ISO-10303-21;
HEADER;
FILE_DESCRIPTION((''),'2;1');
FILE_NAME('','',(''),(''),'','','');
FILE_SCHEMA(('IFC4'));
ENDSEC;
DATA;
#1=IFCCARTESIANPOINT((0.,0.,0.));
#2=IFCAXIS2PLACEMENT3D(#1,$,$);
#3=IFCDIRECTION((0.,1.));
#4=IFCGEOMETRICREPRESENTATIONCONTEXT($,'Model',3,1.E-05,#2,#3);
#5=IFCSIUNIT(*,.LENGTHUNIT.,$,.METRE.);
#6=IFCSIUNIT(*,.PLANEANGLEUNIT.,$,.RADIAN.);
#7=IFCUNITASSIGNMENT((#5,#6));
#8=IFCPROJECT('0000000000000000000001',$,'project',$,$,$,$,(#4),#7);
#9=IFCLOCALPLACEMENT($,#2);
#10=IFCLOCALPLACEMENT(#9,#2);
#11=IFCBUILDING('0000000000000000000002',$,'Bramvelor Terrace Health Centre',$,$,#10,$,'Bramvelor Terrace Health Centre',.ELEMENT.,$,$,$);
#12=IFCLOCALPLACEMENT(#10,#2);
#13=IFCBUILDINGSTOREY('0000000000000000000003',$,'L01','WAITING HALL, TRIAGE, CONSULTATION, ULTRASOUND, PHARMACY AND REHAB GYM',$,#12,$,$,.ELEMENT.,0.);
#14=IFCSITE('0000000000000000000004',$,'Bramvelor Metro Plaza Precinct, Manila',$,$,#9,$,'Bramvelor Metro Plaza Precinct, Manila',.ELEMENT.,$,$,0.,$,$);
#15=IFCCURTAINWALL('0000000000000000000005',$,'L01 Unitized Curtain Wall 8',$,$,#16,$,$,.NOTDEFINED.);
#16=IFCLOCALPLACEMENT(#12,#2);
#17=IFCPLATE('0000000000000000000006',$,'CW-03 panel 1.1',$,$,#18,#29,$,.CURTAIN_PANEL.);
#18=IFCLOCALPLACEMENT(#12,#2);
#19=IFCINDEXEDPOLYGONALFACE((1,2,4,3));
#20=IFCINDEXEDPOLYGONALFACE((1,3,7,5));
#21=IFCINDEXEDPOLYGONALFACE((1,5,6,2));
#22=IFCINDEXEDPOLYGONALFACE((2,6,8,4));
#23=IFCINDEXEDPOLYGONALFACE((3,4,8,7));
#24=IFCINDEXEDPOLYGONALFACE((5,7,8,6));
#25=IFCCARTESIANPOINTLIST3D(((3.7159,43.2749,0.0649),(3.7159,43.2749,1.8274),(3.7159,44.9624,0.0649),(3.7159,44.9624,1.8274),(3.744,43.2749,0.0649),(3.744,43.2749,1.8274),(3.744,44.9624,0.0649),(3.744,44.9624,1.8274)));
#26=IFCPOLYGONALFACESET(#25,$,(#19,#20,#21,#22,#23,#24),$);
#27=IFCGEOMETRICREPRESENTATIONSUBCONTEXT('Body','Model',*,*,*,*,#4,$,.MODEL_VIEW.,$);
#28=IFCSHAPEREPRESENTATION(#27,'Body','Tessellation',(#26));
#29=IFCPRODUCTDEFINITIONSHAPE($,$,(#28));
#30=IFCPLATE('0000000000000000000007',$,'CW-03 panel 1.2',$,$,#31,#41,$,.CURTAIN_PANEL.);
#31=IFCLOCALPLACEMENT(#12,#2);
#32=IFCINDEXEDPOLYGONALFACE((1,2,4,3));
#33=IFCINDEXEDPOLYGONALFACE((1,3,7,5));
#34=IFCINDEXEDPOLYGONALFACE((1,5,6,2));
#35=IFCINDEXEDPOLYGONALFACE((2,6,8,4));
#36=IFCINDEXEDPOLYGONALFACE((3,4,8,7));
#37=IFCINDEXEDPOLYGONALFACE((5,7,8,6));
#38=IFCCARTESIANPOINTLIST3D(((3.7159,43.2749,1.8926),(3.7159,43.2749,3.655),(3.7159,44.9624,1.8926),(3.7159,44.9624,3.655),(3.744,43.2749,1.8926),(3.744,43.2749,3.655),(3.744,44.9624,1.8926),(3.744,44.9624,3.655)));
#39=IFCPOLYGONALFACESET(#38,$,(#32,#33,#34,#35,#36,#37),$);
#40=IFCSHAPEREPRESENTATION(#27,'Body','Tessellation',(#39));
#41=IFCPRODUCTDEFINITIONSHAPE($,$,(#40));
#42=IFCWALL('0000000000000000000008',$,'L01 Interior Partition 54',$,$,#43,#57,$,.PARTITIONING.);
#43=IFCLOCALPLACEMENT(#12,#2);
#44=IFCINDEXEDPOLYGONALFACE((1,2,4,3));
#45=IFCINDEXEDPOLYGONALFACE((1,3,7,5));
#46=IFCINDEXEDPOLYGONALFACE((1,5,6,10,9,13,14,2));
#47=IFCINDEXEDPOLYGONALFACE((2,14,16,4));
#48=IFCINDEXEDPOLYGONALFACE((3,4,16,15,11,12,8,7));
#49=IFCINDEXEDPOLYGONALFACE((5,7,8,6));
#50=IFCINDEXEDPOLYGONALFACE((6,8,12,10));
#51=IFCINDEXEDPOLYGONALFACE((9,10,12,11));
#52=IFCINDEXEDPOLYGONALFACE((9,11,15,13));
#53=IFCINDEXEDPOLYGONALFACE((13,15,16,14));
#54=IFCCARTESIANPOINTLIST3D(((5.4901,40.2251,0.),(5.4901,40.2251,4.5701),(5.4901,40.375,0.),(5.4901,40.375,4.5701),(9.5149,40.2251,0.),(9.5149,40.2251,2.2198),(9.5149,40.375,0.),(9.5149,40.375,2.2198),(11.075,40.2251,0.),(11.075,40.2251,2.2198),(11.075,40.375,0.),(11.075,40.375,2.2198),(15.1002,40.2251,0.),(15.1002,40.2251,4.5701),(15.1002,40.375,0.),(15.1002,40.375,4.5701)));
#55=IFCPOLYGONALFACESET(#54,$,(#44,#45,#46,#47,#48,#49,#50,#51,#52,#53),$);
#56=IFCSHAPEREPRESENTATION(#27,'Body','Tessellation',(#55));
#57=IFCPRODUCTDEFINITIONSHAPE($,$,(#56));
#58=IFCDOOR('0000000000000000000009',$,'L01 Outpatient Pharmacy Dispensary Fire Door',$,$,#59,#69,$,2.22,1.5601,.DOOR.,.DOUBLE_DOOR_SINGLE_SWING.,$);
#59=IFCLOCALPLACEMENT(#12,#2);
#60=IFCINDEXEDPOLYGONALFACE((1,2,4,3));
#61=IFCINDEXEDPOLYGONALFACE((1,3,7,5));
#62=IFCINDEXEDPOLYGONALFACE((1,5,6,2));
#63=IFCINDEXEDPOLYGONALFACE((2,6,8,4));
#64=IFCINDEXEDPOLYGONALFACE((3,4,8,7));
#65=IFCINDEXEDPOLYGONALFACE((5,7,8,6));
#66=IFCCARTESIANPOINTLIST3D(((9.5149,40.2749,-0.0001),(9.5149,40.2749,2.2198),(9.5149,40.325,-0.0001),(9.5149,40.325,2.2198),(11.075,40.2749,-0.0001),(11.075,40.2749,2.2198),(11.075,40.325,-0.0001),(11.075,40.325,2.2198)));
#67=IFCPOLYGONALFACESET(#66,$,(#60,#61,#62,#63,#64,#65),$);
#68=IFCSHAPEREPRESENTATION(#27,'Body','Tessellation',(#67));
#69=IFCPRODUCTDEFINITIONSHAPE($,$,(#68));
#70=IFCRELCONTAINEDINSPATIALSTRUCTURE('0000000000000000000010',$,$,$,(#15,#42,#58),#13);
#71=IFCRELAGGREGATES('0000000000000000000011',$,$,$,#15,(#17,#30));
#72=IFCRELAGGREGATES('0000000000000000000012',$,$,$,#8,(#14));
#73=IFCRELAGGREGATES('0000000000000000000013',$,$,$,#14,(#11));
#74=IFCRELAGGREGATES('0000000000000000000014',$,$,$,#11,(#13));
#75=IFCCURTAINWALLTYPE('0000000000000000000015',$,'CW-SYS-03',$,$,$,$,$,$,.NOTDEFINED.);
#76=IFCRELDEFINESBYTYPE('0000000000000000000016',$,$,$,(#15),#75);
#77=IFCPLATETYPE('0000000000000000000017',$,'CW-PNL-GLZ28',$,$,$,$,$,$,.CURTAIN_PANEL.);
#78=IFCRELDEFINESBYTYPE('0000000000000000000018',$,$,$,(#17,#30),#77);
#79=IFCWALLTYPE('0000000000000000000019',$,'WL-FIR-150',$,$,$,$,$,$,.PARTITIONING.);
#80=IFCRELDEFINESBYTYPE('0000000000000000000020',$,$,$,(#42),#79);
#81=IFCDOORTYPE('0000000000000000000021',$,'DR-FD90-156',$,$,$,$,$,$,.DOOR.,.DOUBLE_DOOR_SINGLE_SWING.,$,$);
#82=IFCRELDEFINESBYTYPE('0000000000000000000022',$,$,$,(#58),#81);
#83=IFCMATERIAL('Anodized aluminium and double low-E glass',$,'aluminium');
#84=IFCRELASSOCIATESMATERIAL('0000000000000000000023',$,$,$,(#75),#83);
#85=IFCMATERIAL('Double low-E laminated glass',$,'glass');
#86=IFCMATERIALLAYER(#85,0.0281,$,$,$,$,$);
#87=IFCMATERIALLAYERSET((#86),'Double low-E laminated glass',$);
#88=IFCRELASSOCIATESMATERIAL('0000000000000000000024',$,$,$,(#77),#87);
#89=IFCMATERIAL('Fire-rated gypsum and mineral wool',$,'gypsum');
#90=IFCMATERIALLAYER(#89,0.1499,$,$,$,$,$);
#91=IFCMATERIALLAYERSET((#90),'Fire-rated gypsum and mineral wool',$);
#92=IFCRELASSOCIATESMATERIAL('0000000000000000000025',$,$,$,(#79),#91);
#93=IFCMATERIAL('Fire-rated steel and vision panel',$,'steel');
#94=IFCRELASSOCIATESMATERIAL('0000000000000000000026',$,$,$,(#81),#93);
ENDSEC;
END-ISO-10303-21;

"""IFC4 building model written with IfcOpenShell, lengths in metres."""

from ifc_helpers import new_model, si_unit, direction, frame, frame_2d, origin, origin_2d, place, context, subcontext, project, spatial, rectangle, extrude, material, layer, layer_set, type_object, element, fill, aggregate, save


model = new_model("IFC4")

# Units and contexts
model_context = context("Model", 3, precision=1e-05, world=origin(), true_north=direction((0.0, 1.0)))
body_context = subcontext(model_context, "Body", "Model", "MODEL_VIEW")
ifc_project = project(units=[si_unit("LENGTHUNIT", "METRE"), si_unit("PLANEANGLEUNIT", "RADIAN")], contexts=[model_context])

# Site, building, storey
site_placement = place(None, origin())
site = spatial("IfcSite", under=ifc_project, at=site_placement, Name="Bramvelor Metro Plaza Precinct, Manila", LongName="Bramvelor Metro Plaza Precinct, Manila", CompositionType="ELEMENT", RefElevation=0.0)
building_placement = place(site_placement, origin())
building = spatial("IfcBuilding", under=site, at=building_placement, Name="Bramvelor Terrace Health Centre", LongName="Bramvelor Terrace Health Centre", CompositionType="ELEMENT")
storey_placement = place(building_placement, origin())
storey = spatial("IfcBuildingStorey", under=building, at=storey_placement, Name="L01", Description="WAITING HALL, TRIAGE, CONSULTATION, ULTRASOUND, PHARMACY AND REHAB GYM", CompositionType="ELEMENT", Elevation=0.0)

# Curtain wall, plates
ifc_material_1 = material(Name="Anodized aluminium and double low-E glass", Category="aluminium")
curtain_wall_type = type_object("IfcCurtainWallType", Name="CW-SYS-03", PredefinedType="NOTDEFINED", material=ifc_material_1)
curtain_wall_placement = place(storey_placement, origin())
curtain_wall = element("IfcCurtainWall", 1, at=curtain_wall_placement, inside=storey, type_object=curtain_wall_type, Name="L01 Unitized Curtain Wall 8", PredefinedType="NOTDEFINED")
ifc_material_2 = material(Name="Double low-E laminated glass", Category="glass")
ifc_layer_1 = layer(ifc_material_2, 0.0281)
ifc_layer_set_1 = layer_set([ifc_layer_1], Name="Double low-E laminated glass")
plate_type = type_object("IfcPlateType", Name="CW-PNL-GLZ28", PredefinedType="CURTAIN_PANEL", material=ifc_layer_set_1)
plate_1_placement = place(storey_placement, frame((3.73, 44.1187, 0.0649), z_axis=(0.0, 0.0, 1.0), x_axis=(0.0, 1.0, 0.0)))
plate_1 = element("IfcPlate", 2, at=plate_1_placement, type_object=plate_type, Name="CW-03 panel 1.1", PredefinedType="CURTAIN_PANEL", context=body_context, shape_type="SweptSolid", body=[
    extrude(rectangle(XDim=1.6875, YDim=0.0281, at=origin_2d()), origin(), (0.0, 0.0, 1.0), 1.7625),
])
plate_2_placement = place(storey_placement, frame((3.73, 44.1187, 1.8926), z_axis=(0.0, 0.0, 1.0), x_axis=(0.0, 1.0, 0.0)))
plate_2 = element("IfcPlate", 3, at=plate_2_placement, type_object=plate_type, Name="CW-03 panel 1.2", PredefinedType="CURTAIN_PANEL", context=body_context, shape_type="SweptSolid", body=[
    extrude(rectangle(XDim=1.6875, YDim=0.0281, at=origin_2d()), origin(), (0.0, 0.0, 1.0), 1.7625),
])
aggregate(curtain_wall, [plate_1, plate_2])

# Wall, opening, door
ifc_material_3 = material(Name="Fire-rated gypsum and mineral wool", Category="gypsum")
ifc_layer_2 = layer(ifc_material_3, 0.1499)
ifc_layer_set_2 = layer_set([ifc_layer_2], Name="Fire-rated gypsum and mineral wool")
wall_type = type_object("IfcWallType", Name="WL-FIR-150", PredefinedType="PARTITIONING", material=ifc_layer_set_2)
wall_placement = place(storey_placement, frame((5.49, 40.3, 0.0), z_axis=(0.0, 0.0, 1.0), x_axis=(1.0, 0.0, 0.0)))
wall = element("IfcWall", 4, at=wall_placement, inside=storey, type_object=wall_type, Name="L01 Interior Partition 54", PredefinedType="PARTITIONING", context=body_context, shape_type="SweptSolid", body=[
    extrude(rectangle(XDim=9.6101, YDim=0.1499, at=frame_2d((4.8052, 0.0))), origin(), (0.0, 0.0, 1.0), 4.5701),
])
opening_placement = place(wall_placement, frame((4.0249, 0.0, 0.0)))
opening = element("IfcOpeningElement", 5, at=opening_placement, cuts=wall, PredefinedType="OPENING", context=body_context, shape_type="SweptSolid", body=[
    extrude(rectangle(XDim=1.5601, YDim=2.22, at=frame_2d((0.78, 1.1099))), frame((0.0, 0.085, 0.0), z_axis=(0.0, -1.0, 0.0), x_axis=(1.0, 0.0, 0.0)), (0.0, 0.0, 1.0), 0.1699),
])
ifc_material_4 = material(Name="Fire-rated steel and vision panel", Category="steel")
door_type = type_object("IfcDoorType", Name="DR-FD90-156", OperationType="DOUBLE_DOOR_SINGLE_SWING", PredefinedType="DOOR", material=ifc_material_4)
door_placement = place(opening_placement, origin())
door = element("IfcDoor", 6, at=door_placement, inside=storey, type_object=door_type, Name="L01 Outpatient Pharmacy Dispensary Fire Door", OperationType="DOUBLE_DOOR_SINGLE_SWING", OverallHeight=2.22, OverallWidth=1.5601, PredefinedType="DOOR", context=body_context, shape_type="SweptSolid", body=[
    extrude(rectangle(XDim=1.5601, YDim=2.22, at=frame_2d((0.78, 1.1099))), frame((0.0, 0.0249, 0.0), z_axis=(0.0, -1.0, 0.0), x_axis=(1.0, 0.0, 0.0)), (0.0, 0.0, 1.0), 0.05),
])
fill(opening, door)

save(model, "model.ifc")
